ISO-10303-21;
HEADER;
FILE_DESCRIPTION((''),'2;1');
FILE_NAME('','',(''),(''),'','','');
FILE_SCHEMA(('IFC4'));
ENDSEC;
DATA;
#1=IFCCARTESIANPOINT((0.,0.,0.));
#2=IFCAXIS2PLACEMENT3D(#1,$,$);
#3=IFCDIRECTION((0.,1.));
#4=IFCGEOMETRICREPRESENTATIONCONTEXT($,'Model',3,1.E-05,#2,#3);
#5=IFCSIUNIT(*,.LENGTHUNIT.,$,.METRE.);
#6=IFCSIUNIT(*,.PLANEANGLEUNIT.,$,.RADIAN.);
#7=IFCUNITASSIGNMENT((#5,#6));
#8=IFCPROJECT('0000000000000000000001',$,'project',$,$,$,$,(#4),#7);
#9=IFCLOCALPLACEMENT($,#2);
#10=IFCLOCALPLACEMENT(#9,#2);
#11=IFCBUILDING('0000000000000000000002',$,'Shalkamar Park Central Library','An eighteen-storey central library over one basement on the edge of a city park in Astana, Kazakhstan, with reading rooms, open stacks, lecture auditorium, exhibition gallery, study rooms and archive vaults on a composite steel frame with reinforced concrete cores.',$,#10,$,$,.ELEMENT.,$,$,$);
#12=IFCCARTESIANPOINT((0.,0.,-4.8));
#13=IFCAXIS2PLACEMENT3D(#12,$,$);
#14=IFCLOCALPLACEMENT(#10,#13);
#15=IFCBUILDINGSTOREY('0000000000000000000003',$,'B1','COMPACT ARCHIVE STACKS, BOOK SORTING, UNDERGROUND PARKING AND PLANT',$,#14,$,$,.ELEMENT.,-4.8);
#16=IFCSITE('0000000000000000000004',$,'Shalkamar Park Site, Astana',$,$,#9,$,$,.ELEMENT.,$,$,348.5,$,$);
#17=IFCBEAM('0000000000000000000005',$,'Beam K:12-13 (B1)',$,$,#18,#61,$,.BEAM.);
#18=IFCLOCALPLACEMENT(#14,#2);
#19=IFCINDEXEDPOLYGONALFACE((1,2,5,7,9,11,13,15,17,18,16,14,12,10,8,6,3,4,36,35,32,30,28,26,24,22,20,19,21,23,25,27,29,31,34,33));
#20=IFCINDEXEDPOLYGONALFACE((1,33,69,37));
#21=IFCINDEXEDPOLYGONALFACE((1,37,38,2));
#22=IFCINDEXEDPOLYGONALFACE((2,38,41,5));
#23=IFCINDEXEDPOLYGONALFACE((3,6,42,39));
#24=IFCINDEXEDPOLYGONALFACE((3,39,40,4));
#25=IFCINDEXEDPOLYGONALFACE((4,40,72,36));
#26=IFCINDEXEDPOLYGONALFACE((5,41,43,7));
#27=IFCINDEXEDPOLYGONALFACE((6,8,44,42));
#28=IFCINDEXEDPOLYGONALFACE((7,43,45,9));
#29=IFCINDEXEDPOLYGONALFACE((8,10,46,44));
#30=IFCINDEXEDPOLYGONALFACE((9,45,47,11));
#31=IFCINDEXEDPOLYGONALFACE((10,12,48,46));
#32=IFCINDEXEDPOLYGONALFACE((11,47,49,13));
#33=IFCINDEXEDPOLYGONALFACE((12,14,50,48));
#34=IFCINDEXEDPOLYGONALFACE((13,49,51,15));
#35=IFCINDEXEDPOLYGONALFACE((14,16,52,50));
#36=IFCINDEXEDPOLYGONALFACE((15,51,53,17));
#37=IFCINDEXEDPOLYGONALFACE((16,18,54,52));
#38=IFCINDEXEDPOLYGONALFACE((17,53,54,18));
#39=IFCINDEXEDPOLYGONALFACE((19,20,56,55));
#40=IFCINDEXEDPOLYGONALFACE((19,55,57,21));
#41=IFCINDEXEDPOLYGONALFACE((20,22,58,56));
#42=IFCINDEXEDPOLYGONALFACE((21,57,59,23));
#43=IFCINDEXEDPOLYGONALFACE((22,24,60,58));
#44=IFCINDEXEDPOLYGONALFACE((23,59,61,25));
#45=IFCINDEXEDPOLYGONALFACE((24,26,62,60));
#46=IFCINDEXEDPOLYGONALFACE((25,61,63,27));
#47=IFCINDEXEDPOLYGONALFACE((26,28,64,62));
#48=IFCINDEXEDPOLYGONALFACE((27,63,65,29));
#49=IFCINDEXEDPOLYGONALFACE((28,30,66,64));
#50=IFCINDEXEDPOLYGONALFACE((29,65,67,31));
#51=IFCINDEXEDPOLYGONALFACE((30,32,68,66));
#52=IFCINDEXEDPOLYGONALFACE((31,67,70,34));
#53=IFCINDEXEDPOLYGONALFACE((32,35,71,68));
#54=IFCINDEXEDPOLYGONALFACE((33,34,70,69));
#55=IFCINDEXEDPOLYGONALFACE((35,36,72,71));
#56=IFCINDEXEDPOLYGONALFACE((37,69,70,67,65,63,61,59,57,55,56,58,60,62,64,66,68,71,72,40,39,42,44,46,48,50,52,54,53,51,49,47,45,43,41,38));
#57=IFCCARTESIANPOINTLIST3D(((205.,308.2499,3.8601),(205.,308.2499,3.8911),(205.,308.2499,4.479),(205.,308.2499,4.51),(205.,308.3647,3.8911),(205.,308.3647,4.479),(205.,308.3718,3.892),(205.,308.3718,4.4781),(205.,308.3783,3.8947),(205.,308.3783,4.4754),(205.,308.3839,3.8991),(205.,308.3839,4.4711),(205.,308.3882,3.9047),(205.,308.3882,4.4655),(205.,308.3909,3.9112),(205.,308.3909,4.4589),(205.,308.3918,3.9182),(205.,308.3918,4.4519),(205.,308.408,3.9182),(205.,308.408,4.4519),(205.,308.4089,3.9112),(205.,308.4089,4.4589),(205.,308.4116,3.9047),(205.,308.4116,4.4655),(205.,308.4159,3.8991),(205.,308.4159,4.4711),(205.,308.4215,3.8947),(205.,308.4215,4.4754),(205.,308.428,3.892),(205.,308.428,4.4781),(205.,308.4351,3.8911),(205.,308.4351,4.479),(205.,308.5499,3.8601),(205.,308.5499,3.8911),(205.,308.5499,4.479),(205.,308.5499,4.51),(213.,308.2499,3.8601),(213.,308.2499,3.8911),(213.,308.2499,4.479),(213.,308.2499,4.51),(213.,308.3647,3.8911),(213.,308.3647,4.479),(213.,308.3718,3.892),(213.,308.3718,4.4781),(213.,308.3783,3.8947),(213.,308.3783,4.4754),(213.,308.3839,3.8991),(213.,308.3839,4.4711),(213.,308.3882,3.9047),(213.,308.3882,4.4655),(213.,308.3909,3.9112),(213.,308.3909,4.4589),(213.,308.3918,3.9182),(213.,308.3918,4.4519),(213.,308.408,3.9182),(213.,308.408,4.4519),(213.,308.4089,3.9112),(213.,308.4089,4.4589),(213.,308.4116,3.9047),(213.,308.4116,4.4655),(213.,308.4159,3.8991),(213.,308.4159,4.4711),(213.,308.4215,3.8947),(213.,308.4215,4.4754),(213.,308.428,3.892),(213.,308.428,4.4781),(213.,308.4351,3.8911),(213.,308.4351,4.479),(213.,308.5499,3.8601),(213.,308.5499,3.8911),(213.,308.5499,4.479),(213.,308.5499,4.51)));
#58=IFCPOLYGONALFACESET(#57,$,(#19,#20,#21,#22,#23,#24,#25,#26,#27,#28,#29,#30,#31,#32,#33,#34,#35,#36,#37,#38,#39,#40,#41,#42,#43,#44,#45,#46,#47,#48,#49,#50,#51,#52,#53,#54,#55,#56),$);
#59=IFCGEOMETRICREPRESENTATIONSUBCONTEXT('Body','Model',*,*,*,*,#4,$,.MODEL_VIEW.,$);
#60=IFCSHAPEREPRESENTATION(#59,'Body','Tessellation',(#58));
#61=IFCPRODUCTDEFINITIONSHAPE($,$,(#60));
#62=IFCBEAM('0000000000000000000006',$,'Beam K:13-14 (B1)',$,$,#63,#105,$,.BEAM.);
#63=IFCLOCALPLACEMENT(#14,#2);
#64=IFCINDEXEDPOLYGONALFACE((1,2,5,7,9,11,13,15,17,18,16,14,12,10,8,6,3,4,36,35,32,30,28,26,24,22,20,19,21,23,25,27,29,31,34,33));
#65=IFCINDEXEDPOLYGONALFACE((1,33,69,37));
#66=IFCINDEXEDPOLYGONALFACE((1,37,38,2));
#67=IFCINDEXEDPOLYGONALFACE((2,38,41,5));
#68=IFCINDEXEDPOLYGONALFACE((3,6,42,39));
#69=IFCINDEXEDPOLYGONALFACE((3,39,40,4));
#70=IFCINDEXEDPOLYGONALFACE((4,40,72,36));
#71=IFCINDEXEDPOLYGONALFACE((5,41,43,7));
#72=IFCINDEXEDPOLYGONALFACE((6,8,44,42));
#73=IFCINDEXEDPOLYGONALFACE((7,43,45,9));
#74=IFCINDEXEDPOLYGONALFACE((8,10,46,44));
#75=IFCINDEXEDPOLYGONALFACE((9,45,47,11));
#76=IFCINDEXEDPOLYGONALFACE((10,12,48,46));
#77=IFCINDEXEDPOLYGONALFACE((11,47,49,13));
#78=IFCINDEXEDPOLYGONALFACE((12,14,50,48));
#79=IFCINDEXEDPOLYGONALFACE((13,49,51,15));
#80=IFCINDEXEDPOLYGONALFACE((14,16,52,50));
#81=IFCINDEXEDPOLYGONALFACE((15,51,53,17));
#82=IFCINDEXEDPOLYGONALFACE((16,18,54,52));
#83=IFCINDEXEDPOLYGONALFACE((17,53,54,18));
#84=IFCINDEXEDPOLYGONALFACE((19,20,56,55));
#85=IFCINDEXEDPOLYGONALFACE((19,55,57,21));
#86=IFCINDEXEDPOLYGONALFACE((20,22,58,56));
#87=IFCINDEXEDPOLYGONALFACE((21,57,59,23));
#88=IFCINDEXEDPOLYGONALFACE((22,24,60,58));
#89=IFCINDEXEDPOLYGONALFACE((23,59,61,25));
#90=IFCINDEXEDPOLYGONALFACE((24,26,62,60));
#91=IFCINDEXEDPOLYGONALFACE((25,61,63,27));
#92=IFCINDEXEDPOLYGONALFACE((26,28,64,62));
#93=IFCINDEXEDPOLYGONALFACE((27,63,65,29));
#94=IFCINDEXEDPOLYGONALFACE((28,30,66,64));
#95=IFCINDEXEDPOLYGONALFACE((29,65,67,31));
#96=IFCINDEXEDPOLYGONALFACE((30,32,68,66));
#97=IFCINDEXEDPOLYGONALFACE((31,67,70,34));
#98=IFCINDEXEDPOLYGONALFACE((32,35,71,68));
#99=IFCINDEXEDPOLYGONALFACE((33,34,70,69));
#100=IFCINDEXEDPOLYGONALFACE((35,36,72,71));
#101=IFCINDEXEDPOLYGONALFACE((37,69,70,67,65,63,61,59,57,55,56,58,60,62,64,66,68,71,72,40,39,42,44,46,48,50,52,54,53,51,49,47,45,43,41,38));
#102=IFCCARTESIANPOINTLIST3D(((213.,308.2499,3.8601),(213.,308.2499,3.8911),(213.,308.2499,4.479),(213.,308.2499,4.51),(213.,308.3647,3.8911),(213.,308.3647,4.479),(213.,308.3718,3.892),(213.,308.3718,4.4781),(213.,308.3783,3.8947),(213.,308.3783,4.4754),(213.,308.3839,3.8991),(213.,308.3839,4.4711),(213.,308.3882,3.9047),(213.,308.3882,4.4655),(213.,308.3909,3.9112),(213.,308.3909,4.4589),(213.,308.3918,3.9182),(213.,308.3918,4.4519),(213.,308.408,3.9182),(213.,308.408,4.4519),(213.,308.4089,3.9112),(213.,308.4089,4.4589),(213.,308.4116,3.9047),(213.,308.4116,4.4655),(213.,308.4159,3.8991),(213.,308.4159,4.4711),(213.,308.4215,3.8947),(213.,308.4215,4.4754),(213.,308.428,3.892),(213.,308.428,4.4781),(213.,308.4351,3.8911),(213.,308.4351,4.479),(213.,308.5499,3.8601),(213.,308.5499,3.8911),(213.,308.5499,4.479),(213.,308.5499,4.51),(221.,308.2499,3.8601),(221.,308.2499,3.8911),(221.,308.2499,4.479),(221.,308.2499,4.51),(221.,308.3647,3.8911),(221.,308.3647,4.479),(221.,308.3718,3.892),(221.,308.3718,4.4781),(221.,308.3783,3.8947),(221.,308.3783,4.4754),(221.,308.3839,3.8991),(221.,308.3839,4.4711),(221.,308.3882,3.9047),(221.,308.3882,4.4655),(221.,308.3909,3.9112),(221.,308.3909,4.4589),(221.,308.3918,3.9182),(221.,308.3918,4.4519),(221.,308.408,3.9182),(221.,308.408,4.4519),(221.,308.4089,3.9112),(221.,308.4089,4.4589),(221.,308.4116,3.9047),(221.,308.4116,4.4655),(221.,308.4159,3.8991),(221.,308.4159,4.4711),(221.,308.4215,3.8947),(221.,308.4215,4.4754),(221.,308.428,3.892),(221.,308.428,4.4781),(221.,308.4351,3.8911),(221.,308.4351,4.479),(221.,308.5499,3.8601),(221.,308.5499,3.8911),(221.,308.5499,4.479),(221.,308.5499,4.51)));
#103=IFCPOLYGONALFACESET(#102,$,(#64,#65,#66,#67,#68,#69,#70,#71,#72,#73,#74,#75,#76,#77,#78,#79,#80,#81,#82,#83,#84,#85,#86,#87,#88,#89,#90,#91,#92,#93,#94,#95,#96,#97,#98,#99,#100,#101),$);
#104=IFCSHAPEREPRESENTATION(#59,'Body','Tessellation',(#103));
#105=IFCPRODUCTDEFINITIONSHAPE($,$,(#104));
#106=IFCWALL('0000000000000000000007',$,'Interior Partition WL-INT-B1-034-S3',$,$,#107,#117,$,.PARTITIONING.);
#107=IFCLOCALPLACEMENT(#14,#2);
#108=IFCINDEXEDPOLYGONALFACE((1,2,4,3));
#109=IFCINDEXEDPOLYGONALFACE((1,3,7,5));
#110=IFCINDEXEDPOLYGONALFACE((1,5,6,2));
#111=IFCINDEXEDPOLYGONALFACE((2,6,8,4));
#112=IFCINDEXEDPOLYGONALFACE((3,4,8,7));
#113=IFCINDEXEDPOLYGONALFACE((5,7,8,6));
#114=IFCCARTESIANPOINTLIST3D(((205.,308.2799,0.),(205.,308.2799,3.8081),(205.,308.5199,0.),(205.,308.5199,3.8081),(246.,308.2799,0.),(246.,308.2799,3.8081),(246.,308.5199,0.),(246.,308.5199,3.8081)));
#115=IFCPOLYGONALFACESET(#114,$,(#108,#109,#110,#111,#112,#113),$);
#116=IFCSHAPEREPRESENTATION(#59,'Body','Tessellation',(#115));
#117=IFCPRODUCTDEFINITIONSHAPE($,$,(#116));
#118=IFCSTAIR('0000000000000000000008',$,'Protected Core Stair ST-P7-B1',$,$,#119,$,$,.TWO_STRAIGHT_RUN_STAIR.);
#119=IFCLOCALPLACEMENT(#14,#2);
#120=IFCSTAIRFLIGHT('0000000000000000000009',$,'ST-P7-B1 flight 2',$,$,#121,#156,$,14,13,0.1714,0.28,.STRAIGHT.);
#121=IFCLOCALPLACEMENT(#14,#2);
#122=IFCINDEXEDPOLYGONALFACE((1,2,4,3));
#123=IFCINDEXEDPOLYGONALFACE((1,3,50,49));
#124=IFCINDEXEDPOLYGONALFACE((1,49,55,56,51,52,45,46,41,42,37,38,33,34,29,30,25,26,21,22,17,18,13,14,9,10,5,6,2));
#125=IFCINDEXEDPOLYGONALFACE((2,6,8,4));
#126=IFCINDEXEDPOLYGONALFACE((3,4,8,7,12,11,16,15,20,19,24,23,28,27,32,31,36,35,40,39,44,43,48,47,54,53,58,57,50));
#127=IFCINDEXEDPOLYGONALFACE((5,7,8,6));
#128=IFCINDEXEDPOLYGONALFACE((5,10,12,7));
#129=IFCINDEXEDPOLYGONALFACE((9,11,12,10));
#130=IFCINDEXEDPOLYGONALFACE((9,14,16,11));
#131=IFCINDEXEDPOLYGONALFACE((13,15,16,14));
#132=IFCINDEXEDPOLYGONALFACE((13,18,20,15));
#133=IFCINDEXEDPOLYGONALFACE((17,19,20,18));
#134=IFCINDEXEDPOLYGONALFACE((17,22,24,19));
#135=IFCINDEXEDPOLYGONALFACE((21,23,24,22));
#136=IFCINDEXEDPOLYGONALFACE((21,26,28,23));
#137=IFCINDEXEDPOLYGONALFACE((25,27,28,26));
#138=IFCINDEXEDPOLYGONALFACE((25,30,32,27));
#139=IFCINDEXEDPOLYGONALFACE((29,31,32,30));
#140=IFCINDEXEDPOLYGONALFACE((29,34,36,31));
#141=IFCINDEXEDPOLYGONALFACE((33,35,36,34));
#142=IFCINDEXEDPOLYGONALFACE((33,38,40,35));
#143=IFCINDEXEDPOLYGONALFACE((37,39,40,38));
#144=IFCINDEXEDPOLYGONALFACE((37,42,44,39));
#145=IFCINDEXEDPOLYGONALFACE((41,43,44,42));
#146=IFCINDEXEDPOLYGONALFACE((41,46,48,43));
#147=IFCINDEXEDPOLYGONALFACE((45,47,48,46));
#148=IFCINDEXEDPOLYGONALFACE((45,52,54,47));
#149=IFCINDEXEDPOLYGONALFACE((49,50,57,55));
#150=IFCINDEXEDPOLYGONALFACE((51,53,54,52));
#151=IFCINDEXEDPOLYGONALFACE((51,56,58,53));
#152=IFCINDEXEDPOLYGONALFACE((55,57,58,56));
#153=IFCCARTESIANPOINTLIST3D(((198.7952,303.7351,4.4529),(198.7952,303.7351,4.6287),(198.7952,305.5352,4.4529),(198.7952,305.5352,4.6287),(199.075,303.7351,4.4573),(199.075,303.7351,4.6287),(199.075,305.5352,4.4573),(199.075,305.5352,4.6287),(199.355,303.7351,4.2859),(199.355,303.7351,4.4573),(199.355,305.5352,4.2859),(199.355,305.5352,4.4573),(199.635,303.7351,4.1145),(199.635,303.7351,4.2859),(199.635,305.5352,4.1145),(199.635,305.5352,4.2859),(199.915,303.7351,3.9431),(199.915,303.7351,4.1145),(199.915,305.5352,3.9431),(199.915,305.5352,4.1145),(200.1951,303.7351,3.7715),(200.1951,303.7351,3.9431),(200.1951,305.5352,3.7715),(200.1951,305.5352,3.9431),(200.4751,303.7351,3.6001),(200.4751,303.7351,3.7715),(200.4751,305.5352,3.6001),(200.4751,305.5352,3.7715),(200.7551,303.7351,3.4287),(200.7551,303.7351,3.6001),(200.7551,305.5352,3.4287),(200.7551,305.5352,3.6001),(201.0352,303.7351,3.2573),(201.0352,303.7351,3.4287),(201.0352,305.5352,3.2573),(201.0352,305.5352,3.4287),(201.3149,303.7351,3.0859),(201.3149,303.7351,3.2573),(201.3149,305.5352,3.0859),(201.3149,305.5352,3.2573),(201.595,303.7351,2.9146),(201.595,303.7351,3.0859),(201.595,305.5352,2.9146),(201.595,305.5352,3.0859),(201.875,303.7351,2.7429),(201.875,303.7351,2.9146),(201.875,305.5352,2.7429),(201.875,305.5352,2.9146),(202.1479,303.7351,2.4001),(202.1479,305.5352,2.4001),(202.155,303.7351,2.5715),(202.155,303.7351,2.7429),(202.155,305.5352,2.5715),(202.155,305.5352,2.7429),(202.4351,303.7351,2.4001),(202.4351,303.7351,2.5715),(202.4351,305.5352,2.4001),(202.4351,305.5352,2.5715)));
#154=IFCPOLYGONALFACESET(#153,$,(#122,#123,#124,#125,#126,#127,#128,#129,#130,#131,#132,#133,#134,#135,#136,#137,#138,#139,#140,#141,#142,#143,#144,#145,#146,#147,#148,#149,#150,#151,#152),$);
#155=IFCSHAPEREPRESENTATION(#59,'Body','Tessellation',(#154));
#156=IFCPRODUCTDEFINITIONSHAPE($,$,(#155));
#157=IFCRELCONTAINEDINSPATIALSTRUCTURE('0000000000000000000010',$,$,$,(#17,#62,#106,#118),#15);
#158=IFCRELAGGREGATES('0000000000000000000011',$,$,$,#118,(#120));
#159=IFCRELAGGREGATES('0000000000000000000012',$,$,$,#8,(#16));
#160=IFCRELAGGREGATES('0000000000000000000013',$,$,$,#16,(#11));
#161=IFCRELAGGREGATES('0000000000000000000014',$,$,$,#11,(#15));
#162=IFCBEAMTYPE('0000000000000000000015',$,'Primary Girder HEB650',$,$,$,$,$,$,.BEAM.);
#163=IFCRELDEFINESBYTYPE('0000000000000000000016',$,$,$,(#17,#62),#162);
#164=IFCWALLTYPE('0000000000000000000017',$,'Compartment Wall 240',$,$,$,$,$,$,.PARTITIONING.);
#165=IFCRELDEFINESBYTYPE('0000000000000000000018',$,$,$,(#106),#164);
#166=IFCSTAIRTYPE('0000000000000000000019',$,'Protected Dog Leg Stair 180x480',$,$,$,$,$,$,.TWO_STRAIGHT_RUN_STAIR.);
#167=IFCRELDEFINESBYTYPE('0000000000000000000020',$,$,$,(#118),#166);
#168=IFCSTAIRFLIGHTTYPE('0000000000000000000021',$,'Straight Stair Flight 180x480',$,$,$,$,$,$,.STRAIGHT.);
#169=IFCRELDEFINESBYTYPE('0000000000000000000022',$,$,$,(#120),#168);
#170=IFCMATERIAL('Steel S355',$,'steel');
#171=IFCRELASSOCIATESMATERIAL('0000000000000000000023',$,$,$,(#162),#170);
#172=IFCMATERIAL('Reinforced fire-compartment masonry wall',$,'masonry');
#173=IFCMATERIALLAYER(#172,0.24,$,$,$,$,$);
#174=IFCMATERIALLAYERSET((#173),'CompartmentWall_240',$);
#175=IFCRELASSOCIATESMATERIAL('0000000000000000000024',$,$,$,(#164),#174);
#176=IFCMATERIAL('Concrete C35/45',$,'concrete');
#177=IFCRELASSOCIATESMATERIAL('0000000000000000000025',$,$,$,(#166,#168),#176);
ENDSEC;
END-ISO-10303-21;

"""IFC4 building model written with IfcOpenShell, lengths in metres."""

from ifc_helpers import new_model, si_unit, direction, frame, frame_2d, origin, origin_2d, place, context, subcontext, project, spatial, polyline, rectangle, i_section, outline, extrude, material, layer, layer_set, material_profile, profile_set, type_object, element, aggregate, save


model = new_model("IFC4")

# Units and contexts
model_context = context("Model", 3, precision=1e-05, world=origin(), true_north=direction((0.0, 1.0)))
body_context = subcontext(model_context, "Body", "Model", "MODEL_VIEW")
ifc_project = project(units=[si_unit("LENGTHUNIT", "METRE"), si_unit("PLANEANGLEUNIT", "RADIAN")], contexts=[model_context])

# Site, building, storey
site_placement = place(None, origin())
site = spatial("IfcSite", under=ifc_project, at=site_placement, Name="Shalkamar Park Site, Astana", CompositionType="ELEMENT", RefElevation=348.5)
building_placement = place(site_placement, origin())
building = spatial("IfcBuilding", under=site, at=building_placement, Name="Shalkamar Park Central Library", Description="An eighteen-storey central library over one basement on the edge of a city park in Astana, Kazakhstan, with reading rooms, open stacks, lecture auditorium, exhibition gallery, study rooms and archive vaults on a composite steel frame with reinforced concrete cores.", CompositionType="ELEMENT")
storey_placement = place(building_placement, frame((0.0, 0.0, -4.8)))
storey = spatial("IfcBuildingStorey", under=building, at=storey_placement, Name="B1", Description="COMPACT ARCHIVE STACKS, BOOK SORTING, UNDERGROUND PARKING AND PLANT", CompositionType="ELEMENT", Elevation=-4.8)

# Shared definitions
ifc_material_1 = material(Name="Concrete C35/45", Category="concrete")

# Shared definitions
ifc_material_2 = material(Name="Steel S355", Category="steel")

# Beams
ifc_material_profile_1 = material_profile(ifc_material_2, i_section(OverallWidth=0.3, OverallDepth=0.6499, WebThickness=0.0161, FlangeThickness=0.031, FilletRadius=0.0271, at=origin_2d()), Name="HEB 650")
ifc_profile_set_1 = profile_set([ifc_material_profile_1], Name="Steel S355")
beam_type_1 = type_object("IfcBeamType", Name="Primary Girder HEB650", PredefinedType="BEAM", material=ifc_profile_set_1)
for number, where, z_axis, x_axis, name in (
    (1, (205.0, 308.3999, 4.1851), (1.0, 0.0, 0.0), (0.0, 1.0, 0.0), "Beam K:12-13 (B1)"),
    (2, (213.0, 308.3999, 4.1851), (1.0, 0.0, 0.0), (0.0, 1.0, 0.0), "Beam K:13-14 (B1)"),
):
    element("IfcBeam", number, at=place(storey_placement, frame(where, z_axis=z_axis, x_axis=x_axis)), inside=storey, type_object=beam_type_1, Name=name, PredefinedType="BEAM", context=body_context, shape_type="SweptSolid", body=[
        extrude(i_section(OverallWidth=0.3, OverallDepth=0.6499, WebThickness=0.0161, FlangeThickness=0.031, FilletRadius=0.0271, at=origin_2d()), origin(), (0.0, 0.0, 1.0), 8.0),
    ])

# Wall
ifc_material_3 = material(Name="Reinforced fire-compartment masonry wall", Category="masonry")
ifc_layer = layer(ifc_material_3, 0.24)
ifc_layer_set = layer_set([ifc_layer], Name="CompartmentWall_240")
wall_type = type_object("IfcWallType", Name="Compartment Wall 240", PredefinedType="PARTITIONING", material=ifc_layer_set)
wall_placement = place(storey_placement, frame((205.0, 308.3999, 0.0), z_axis=(0.0, 0.0, 1.0), x_axis=(1.0, 0.0, 0.0)))
element("IfcWall", 3, at=wall_placement, inside=storey, type_object=wall_type, Name="Interior Partition WL-INT-B1-034-S3", PredefinedType="PARTITIONING", context=body_context, shape_type="SweptSolid", body=[
    extrude(rectangle(XDim=41.0, YDim=0.24, at=frame_2d((20.5, 0.0))), origin(), (0.0, 0.0, 1.0), 3.8081),
])

# Stair, stair flight
stair_type = type_object("IfcStairType", Name="Protected Dog Leg Stair 180x480", PredefinedType="TWO_STRAIGHT_RUN_STAIR", material=ifc_material_1)
stair_placement = place(storey_placement, origin())
stair = element("IfcStair", 4, at=stair_placement, inside=storey, type_object=stair_type, Name="Protected Core Stair ST-P7-B1", PredefinedType="TWO_STRAIGHT_RUN_STAIR")
stair_flight_type = type_object("IfcStairFlightType", Name="Straight Stair Flight 180x480", PredefinedType="STRAIGHT", material=ifc_material_1)
stair_flight_placement = place(storey_placement, frame((202.4351, 304.635, 2.4001), z_axis=(0.0, 0.0, 1.0), x_axis=(-1.0, 0.0, 0.0)))
stair_flight = element("IfcStairFlight", 5, at=stair_flight_placement, type_object=stair_flight_type, Name="ST-P7-B1 flight 2", NumberOfRisers=14, NumberOfTreads=13, PredefinedType="STRAIGHT", RiserHeight=0.1714, TreadLength=0.28, context=body_context, shape_type="SweptSolid", body=[
    extrude(outline(polyline([(0.0, 0.0), (0.0, 0.1714), (0.28, 0.1714), (0.28, 0.3428), (0.5601, 0.3428), (0.5601, 0.5144), (0.8401, 0.5144), (0.8401, 0.6858), (1.1201, 0.6858), (1.1201, 0.8572), (1.3999, 0.8572), (1.3999, 1.0286), (1.6799, 1.0286), (1.6799, 1.2), (1.96, 1.2), (1.96, 1.3713), (2.24, 1.3713), (2.24, 1.543), (2.52, 1.543), (2.52, 1.7144), (2.8, 1.7144), (2.8, 1.8857), (3.0801, 1.8857), (3.0801, 2.0571), (3.3601, 2.0571), (3.3601, 2.2285), (3.6399, 2.2285), (3.6399, 2.3999), (3.6399, 2.0527), (0.2871, 0.0), (0.0, 0.0)])), frame((0.0, 0.8999, 0.0), z_axis=(0.0, -1.0, 0.0), x_axis=(1.0, 0.0, 0.0)), (0.0, 0.0, 1.0), 1.8),
])
aggregate(stair, [stair_flight])

save(model, "model.ifc")
